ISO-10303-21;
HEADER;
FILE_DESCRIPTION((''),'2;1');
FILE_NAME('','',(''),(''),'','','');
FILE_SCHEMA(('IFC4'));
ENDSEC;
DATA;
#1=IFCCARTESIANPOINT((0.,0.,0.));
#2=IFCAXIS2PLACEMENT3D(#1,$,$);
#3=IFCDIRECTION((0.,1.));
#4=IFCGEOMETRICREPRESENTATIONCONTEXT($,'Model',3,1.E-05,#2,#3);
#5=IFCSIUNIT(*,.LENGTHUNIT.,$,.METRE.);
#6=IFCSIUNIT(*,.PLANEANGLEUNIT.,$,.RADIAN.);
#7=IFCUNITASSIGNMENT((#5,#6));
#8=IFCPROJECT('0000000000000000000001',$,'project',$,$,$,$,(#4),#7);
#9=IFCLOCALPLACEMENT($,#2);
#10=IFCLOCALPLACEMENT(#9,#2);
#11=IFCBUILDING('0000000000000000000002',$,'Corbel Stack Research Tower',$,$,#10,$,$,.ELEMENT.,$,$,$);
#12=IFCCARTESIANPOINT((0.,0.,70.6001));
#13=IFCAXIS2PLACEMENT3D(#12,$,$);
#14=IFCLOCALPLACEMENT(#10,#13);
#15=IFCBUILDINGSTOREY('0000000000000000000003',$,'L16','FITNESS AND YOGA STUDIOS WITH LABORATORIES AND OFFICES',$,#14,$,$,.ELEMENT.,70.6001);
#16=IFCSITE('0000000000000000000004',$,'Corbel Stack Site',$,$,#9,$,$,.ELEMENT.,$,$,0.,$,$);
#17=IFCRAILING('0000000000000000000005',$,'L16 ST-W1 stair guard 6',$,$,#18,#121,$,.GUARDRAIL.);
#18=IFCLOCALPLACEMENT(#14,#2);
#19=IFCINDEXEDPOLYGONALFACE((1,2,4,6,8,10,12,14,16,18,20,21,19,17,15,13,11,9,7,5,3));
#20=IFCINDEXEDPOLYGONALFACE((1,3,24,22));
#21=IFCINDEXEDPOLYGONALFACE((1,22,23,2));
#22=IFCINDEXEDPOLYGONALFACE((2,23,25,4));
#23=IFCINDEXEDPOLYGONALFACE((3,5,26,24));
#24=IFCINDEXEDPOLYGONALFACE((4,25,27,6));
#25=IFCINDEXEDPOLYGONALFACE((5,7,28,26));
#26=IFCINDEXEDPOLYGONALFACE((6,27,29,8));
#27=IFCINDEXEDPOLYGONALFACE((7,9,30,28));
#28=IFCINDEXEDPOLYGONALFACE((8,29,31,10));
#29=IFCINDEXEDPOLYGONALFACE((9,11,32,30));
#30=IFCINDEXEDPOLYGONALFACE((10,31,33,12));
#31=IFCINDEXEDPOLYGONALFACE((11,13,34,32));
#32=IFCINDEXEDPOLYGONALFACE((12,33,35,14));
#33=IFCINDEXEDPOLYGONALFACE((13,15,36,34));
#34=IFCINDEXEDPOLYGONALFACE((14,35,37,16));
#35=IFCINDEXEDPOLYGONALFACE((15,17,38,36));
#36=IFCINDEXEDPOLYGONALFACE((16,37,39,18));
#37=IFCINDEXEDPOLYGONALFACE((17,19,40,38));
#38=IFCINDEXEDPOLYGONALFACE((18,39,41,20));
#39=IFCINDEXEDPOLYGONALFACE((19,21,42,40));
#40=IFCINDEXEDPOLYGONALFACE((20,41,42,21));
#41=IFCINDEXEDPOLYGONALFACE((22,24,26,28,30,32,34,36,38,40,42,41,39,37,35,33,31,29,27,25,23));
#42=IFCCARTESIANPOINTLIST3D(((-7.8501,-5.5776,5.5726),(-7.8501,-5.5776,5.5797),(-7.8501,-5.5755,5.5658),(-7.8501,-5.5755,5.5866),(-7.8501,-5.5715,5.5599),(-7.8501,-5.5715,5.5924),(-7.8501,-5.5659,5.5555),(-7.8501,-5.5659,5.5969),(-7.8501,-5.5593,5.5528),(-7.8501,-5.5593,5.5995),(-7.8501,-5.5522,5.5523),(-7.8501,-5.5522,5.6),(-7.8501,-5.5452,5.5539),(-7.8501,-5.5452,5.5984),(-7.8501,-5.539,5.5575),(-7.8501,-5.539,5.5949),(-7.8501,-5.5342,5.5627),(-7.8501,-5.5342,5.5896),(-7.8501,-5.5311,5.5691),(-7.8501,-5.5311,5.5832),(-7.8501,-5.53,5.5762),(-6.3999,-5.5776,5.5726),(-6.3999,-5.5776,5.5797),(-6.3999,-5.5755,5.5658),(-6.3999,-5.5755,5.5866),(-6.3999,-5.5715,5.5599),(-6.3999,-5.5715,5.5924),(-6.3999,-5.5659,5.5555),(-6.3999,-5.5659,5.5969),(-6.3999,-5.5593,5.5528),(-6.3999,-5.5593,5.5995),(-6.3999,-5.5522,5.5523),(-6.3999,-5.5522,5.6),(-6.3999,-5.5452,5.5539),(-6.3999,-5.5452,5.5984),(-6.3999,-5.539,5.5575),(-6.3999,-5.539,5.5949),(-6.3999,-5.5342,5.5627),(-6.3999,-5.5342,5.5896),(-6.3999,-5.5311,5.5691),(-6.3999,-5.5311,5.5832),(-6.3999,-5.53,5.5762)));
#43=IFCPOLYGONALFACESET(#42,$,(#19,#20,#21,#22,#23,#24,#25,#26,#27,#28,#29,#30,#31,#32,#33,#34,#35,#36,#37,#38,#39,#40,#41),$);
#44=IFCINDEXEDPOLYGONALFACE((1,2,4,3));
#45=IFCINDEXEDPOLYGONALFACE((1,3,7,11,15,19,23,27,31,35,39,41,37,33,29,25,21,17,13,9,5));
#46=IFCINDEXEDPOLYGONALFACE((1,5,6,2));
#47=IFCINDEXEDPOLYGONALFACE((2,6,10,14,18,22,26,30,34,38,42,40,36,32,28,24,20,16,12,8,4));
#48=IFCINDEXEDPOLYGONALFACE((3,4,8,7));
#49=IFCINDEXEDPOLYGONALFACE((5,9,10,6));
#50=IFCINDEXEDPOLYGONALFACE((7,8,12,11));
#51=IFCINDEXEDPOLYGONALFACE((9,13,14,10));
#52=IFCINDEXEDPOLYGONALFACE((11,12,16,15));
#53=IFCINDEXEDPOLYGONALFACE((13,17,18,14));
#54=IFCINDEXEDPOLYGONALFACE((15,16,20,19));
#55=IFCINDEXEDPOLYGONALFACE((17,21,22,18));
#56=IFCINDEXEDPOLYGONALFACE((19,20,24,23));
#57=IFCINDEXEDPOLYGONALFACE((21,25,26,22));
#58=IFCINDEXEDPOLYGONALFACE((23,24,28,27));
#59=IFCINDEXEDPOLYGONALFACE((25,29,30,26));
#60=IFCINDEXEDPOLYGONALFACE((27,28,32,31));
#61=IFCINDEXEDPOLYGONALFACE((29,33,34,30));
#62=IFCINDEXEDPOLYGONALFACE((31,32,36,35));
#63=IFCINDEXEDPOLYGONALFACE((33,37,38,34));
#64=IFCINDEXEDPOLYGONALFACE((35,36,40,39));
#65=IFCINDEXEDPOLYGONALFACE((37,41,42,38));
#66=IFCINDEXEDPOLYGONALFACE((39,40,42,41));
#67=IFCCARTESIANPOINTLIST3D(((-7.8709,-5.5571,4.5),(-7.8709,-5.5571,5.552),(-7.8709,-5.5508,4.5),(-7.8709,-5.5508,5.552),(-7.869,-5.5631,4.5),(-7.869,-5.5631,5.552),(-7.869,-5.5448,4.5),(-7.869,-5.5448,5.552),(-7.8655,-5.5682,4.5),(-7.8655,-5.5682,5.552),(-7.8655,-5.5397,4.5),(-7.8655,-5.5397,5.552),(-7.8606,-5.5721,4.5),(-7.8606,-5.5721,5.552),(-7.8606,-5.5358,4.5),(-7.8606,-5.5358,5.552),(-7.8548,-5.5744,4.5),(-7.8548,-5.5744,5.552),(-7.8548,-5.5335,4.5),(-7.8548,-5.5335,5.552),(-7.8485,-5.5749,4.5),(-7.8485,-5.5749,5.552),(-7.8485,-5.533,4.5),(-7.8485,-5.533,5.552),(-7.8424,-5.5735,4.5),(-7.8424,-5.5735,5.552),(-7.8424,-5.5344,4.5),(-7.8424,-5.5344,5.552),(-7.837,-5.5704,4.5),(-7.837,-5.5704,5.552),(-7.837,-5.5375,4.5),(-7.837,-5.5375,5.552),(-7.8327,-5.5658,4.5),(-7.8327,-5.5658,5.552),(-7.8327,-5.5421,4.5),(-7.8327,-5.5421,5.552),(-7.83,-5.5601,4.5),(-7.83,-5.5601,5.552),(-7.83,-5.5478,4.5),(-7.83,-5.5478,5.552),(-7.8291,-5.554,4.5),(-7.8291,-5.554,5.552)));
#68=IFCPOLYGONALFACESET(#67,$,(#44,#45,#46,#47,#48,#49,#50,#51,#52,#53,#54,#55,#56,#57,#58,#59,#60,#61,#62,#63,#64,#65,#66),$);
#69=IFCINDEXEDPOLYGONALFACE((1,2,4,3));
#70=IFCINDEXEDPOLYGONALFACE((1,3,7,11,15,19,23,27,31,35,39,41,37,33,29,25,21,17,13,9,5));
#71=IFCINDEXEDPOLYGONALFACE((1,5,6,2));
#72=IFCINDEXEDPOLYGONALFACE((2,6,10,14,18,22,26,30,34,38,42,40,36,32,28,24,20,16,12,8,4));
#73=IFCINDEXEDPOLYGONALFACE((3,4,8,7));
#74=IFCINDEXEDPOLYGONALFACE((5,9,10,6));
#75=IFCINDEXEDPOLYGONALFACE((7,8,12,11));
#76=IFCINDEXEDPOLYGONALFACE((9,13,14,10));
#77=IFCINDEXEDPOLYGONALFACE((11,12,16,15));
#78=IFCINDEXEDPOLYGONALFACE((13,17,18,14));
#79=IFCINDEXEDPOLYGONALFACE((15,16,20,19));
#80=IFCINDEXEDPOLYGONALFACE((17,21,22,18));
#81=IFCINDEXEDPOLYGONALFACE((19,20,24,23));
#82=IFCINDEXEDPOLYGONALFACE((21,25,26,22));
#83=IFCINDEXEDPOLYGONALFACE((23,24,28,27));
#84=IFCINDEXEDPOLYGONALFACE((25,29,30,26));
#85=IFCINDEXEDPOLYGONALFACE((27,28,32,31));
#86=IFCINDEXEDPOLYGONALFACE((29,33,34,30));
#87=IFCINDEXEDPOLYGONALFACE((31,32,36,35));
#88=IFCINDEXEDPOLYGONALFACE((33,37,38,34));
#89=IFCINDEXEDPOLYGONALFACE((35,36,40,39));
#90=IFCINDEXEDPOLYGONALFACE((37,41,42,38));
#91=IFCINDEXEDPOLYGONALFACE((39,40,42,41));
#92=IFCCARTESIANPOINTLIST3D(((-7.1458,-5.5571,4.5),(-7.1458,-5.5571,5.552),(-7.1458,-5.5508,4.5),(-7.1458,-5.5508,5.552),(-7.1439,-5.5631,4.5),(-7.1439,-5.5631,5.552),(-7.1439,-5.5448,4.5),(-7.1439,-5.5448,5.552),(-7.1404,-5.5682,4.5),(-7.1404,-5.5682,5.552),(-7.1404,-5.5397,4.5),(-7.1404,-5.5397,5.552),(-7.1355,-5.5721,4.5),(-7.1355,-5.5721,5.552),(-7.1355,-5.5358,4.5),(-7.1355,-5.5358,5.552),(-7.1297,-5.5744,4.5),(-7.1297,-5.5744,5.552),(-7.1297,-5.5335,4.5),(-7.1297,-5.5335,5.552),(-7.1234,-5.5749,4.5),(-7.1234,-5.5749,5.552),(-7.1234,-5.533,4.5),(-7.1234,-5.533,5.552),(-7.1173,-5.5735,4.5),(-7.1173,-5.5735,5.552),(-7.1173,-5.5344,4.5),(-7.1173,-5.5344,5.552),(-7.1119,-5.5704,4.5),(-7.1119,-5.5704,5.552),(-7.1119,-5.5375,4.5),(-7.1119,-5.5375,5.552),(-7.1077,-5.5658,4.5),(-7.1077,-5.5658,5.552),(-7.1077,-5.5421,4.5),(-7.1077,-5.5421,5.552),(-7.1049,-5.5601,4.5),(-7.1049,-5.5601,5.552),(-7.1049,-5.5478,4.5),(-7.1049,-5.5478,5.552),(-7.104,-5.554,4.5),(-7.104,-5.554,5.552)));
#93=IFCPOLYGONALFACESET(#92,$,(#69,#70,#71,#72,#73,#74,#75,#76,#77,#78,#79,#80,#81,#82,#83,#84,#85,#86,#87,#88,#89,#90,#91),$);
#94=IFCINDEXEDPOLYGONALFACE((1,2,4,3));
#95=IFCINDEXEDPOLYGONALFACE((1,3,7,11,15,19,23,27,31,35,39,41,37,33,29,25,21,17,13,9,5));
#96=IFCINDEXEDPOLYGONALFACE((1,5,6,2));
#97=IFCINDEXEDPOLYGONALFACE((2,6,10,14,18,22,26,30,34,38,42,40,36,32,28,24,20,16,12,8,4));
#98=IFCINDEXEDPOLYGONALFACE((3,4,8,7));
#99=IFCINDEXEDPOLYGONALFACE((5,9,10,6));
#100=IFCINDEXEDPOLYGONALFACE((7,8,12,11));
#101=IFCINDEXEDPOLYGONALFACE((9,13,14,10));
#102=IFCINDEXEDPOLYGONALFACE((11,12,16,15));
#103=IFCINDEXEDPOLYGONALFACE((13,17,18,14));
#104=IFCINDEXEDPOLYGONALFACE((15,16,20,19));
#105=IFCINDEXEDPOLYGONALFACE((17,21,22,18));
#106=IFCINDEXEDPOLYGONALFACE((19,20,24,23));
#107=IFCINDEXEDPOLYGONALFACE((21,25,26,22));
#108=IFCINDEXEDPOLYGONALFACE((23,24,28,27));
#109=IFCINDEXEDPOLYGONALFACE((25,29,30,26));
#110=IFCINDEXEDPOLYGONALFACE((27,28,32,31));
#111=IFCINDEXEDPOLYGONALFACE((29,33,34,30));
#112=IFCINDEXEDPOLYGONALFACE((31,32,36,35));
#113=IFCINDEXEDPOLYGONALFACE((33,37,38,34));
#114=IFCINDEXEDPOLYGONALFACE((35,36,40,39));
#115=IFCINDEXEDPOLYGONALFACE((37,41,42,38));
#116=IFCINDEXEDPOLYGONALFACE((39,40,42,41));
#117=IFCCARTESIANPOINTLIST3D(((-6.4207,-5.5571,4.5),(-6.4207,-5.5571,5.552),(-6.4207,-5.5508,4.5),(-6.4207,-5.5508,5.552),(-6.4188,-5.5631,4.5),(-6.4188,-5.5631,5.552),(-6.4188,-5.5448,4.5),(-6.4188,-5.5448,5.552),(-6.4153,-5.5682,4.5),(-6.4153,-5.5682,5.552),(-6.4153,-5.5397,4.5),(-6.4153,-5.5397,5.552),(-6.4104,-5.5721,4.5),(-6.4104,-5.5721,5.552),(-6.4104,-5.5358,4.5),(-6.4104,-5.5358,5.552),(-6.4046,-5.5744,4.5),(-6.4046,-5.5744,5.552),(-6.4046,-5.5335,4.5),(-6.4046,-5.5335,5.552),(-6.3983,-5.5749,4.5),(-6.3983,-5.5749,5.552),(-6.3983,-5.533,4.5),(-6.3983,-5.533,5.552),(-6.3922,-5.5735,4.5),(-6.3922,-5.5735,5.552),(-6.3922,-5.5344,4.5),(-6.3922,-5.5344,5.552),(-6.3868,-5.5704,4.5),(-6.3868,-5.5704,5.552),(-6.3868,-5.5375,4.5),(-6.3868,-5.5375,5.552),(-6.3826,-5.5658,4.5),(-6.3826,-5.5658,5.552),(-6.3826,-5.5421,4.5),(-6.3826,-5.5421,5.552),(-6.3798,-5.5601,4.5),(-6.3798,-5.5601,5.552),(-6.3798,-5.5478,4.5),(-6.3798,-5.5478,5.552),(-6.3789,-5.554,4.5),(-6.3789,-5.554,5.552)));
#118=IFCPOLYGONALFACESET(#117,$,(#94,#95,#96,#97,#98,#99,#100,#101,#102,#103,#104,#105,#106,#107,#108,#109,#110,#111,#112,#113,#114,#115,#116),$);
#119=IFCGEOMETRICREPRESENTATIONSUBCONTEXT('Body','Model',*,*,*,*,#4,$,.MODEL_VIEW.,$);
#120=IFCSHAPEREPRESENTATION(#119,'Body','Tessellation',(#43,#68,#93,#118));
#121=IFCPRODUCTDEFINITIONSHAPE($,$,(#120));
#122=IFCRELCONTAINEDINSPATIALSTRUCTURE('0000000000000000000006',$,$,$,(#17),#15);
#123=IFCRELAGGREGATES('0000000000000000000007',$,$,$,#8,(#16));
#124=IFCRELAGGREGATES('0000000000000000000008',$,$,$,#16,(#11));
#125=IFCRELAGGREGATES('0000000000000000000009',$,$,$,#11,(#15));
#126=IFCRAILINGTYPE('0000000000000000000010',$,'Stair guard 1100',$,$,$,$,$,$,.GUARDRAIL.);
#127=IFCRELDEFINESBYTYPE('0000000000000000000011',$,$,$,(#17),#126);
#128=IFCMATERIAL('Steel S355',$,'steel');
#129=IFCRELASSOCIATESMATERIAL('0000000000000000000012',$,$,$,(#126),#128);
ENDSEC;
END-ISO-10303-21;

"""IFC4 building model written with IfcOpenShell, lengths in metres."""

from ifc_helpers import new_model, si_unit, direction, frame, origin, origin_2d, place, context, subcontext, project, spatial, circle, extrude, material, type_object, element, save


model = new_model("IFC4")

# Units and contexts
model_context = context("Model", 3, precision=1e-05, world=origin(), true_north=direction((0.0, 1.0)))
body_context = subcontext(model_context, "Body", "Model", "MODEL_VIEW")
ifc_project = project(units=[si_unit("LENGTHUNIT", "METRE"), si_unit("PLANEANGLEUNIT", "RADIAN")], contexts=[model_context])

# Site, building, storey
site_placement = place(None, origin())
site = spatial("IfcSite", under=ifc_project, at=site_placement, Name="Corbel Stack Site", CompositionType="ELEMENT", RefElevation=0.0)
building_placement = place(site_placement, origin())
building = spatial("IfcBuilding", under=site, at=building_placement, Name="Corbel Stack Research Tower", CompositionType="ELEMENT")
storey_placement = place(building_placement, frame((0.0, 0.0, 70.6001)))
storey = spatial("IfcBuildingStorey", under=building, at=storey_placement, Name="L16", Description="FITNESS AND YOGA STUDIOS WITH LABORATORIES AND OFFICES", CompositionType="ELEMENT", Elevation=70.6001)

# Railing
ifc_material_1 = material(Name="Steel S355", Category="steel")
railing_type_1 = type_object("IfcRailingType", Name="Stair guard 1100", PredefinedType="GUARDRAIL", material=ifc_material_1)
railing_1_placement = place(storey_placement, frame((-7.8501, -5.554, 4.5)))
element("IfcRailing", 1, at=railing_1_placement, inside=storey, type_object=railing_type_1, Name="L16 ST-W1 stair guard 6", PredefinedType="GUARDRAIL", context=body_context, shape_type="SweptSolid", body=[
    extrude(circle(Radius=0.0239, at=origin_2d()), frame((0.0, 0.0, 1.0762), z_axis=(1.0, 0.0, 0.0), x_axis=(0.0, 1.0, 0.0)), (0.0, 0.0, 1.0), 1.4502),
    extrude(circle(Radius=0.021, at=origin_2d()), origin(), (0.0, 0.0, 1.0), 1.052),
    extrude(circle(Radius=0.021, at=origin_2d()), frame((0.7251, 0.0, 0.0)), (0.0, 0.0, 1.0), 1.052),
    extrude(circle(Radius=0.021, at=origin_2d()), frame((1.4502, 0.0, 0.0)), (0.0, 0.0, 1.0), 1.052),
])

save(model, "model.ifc")
